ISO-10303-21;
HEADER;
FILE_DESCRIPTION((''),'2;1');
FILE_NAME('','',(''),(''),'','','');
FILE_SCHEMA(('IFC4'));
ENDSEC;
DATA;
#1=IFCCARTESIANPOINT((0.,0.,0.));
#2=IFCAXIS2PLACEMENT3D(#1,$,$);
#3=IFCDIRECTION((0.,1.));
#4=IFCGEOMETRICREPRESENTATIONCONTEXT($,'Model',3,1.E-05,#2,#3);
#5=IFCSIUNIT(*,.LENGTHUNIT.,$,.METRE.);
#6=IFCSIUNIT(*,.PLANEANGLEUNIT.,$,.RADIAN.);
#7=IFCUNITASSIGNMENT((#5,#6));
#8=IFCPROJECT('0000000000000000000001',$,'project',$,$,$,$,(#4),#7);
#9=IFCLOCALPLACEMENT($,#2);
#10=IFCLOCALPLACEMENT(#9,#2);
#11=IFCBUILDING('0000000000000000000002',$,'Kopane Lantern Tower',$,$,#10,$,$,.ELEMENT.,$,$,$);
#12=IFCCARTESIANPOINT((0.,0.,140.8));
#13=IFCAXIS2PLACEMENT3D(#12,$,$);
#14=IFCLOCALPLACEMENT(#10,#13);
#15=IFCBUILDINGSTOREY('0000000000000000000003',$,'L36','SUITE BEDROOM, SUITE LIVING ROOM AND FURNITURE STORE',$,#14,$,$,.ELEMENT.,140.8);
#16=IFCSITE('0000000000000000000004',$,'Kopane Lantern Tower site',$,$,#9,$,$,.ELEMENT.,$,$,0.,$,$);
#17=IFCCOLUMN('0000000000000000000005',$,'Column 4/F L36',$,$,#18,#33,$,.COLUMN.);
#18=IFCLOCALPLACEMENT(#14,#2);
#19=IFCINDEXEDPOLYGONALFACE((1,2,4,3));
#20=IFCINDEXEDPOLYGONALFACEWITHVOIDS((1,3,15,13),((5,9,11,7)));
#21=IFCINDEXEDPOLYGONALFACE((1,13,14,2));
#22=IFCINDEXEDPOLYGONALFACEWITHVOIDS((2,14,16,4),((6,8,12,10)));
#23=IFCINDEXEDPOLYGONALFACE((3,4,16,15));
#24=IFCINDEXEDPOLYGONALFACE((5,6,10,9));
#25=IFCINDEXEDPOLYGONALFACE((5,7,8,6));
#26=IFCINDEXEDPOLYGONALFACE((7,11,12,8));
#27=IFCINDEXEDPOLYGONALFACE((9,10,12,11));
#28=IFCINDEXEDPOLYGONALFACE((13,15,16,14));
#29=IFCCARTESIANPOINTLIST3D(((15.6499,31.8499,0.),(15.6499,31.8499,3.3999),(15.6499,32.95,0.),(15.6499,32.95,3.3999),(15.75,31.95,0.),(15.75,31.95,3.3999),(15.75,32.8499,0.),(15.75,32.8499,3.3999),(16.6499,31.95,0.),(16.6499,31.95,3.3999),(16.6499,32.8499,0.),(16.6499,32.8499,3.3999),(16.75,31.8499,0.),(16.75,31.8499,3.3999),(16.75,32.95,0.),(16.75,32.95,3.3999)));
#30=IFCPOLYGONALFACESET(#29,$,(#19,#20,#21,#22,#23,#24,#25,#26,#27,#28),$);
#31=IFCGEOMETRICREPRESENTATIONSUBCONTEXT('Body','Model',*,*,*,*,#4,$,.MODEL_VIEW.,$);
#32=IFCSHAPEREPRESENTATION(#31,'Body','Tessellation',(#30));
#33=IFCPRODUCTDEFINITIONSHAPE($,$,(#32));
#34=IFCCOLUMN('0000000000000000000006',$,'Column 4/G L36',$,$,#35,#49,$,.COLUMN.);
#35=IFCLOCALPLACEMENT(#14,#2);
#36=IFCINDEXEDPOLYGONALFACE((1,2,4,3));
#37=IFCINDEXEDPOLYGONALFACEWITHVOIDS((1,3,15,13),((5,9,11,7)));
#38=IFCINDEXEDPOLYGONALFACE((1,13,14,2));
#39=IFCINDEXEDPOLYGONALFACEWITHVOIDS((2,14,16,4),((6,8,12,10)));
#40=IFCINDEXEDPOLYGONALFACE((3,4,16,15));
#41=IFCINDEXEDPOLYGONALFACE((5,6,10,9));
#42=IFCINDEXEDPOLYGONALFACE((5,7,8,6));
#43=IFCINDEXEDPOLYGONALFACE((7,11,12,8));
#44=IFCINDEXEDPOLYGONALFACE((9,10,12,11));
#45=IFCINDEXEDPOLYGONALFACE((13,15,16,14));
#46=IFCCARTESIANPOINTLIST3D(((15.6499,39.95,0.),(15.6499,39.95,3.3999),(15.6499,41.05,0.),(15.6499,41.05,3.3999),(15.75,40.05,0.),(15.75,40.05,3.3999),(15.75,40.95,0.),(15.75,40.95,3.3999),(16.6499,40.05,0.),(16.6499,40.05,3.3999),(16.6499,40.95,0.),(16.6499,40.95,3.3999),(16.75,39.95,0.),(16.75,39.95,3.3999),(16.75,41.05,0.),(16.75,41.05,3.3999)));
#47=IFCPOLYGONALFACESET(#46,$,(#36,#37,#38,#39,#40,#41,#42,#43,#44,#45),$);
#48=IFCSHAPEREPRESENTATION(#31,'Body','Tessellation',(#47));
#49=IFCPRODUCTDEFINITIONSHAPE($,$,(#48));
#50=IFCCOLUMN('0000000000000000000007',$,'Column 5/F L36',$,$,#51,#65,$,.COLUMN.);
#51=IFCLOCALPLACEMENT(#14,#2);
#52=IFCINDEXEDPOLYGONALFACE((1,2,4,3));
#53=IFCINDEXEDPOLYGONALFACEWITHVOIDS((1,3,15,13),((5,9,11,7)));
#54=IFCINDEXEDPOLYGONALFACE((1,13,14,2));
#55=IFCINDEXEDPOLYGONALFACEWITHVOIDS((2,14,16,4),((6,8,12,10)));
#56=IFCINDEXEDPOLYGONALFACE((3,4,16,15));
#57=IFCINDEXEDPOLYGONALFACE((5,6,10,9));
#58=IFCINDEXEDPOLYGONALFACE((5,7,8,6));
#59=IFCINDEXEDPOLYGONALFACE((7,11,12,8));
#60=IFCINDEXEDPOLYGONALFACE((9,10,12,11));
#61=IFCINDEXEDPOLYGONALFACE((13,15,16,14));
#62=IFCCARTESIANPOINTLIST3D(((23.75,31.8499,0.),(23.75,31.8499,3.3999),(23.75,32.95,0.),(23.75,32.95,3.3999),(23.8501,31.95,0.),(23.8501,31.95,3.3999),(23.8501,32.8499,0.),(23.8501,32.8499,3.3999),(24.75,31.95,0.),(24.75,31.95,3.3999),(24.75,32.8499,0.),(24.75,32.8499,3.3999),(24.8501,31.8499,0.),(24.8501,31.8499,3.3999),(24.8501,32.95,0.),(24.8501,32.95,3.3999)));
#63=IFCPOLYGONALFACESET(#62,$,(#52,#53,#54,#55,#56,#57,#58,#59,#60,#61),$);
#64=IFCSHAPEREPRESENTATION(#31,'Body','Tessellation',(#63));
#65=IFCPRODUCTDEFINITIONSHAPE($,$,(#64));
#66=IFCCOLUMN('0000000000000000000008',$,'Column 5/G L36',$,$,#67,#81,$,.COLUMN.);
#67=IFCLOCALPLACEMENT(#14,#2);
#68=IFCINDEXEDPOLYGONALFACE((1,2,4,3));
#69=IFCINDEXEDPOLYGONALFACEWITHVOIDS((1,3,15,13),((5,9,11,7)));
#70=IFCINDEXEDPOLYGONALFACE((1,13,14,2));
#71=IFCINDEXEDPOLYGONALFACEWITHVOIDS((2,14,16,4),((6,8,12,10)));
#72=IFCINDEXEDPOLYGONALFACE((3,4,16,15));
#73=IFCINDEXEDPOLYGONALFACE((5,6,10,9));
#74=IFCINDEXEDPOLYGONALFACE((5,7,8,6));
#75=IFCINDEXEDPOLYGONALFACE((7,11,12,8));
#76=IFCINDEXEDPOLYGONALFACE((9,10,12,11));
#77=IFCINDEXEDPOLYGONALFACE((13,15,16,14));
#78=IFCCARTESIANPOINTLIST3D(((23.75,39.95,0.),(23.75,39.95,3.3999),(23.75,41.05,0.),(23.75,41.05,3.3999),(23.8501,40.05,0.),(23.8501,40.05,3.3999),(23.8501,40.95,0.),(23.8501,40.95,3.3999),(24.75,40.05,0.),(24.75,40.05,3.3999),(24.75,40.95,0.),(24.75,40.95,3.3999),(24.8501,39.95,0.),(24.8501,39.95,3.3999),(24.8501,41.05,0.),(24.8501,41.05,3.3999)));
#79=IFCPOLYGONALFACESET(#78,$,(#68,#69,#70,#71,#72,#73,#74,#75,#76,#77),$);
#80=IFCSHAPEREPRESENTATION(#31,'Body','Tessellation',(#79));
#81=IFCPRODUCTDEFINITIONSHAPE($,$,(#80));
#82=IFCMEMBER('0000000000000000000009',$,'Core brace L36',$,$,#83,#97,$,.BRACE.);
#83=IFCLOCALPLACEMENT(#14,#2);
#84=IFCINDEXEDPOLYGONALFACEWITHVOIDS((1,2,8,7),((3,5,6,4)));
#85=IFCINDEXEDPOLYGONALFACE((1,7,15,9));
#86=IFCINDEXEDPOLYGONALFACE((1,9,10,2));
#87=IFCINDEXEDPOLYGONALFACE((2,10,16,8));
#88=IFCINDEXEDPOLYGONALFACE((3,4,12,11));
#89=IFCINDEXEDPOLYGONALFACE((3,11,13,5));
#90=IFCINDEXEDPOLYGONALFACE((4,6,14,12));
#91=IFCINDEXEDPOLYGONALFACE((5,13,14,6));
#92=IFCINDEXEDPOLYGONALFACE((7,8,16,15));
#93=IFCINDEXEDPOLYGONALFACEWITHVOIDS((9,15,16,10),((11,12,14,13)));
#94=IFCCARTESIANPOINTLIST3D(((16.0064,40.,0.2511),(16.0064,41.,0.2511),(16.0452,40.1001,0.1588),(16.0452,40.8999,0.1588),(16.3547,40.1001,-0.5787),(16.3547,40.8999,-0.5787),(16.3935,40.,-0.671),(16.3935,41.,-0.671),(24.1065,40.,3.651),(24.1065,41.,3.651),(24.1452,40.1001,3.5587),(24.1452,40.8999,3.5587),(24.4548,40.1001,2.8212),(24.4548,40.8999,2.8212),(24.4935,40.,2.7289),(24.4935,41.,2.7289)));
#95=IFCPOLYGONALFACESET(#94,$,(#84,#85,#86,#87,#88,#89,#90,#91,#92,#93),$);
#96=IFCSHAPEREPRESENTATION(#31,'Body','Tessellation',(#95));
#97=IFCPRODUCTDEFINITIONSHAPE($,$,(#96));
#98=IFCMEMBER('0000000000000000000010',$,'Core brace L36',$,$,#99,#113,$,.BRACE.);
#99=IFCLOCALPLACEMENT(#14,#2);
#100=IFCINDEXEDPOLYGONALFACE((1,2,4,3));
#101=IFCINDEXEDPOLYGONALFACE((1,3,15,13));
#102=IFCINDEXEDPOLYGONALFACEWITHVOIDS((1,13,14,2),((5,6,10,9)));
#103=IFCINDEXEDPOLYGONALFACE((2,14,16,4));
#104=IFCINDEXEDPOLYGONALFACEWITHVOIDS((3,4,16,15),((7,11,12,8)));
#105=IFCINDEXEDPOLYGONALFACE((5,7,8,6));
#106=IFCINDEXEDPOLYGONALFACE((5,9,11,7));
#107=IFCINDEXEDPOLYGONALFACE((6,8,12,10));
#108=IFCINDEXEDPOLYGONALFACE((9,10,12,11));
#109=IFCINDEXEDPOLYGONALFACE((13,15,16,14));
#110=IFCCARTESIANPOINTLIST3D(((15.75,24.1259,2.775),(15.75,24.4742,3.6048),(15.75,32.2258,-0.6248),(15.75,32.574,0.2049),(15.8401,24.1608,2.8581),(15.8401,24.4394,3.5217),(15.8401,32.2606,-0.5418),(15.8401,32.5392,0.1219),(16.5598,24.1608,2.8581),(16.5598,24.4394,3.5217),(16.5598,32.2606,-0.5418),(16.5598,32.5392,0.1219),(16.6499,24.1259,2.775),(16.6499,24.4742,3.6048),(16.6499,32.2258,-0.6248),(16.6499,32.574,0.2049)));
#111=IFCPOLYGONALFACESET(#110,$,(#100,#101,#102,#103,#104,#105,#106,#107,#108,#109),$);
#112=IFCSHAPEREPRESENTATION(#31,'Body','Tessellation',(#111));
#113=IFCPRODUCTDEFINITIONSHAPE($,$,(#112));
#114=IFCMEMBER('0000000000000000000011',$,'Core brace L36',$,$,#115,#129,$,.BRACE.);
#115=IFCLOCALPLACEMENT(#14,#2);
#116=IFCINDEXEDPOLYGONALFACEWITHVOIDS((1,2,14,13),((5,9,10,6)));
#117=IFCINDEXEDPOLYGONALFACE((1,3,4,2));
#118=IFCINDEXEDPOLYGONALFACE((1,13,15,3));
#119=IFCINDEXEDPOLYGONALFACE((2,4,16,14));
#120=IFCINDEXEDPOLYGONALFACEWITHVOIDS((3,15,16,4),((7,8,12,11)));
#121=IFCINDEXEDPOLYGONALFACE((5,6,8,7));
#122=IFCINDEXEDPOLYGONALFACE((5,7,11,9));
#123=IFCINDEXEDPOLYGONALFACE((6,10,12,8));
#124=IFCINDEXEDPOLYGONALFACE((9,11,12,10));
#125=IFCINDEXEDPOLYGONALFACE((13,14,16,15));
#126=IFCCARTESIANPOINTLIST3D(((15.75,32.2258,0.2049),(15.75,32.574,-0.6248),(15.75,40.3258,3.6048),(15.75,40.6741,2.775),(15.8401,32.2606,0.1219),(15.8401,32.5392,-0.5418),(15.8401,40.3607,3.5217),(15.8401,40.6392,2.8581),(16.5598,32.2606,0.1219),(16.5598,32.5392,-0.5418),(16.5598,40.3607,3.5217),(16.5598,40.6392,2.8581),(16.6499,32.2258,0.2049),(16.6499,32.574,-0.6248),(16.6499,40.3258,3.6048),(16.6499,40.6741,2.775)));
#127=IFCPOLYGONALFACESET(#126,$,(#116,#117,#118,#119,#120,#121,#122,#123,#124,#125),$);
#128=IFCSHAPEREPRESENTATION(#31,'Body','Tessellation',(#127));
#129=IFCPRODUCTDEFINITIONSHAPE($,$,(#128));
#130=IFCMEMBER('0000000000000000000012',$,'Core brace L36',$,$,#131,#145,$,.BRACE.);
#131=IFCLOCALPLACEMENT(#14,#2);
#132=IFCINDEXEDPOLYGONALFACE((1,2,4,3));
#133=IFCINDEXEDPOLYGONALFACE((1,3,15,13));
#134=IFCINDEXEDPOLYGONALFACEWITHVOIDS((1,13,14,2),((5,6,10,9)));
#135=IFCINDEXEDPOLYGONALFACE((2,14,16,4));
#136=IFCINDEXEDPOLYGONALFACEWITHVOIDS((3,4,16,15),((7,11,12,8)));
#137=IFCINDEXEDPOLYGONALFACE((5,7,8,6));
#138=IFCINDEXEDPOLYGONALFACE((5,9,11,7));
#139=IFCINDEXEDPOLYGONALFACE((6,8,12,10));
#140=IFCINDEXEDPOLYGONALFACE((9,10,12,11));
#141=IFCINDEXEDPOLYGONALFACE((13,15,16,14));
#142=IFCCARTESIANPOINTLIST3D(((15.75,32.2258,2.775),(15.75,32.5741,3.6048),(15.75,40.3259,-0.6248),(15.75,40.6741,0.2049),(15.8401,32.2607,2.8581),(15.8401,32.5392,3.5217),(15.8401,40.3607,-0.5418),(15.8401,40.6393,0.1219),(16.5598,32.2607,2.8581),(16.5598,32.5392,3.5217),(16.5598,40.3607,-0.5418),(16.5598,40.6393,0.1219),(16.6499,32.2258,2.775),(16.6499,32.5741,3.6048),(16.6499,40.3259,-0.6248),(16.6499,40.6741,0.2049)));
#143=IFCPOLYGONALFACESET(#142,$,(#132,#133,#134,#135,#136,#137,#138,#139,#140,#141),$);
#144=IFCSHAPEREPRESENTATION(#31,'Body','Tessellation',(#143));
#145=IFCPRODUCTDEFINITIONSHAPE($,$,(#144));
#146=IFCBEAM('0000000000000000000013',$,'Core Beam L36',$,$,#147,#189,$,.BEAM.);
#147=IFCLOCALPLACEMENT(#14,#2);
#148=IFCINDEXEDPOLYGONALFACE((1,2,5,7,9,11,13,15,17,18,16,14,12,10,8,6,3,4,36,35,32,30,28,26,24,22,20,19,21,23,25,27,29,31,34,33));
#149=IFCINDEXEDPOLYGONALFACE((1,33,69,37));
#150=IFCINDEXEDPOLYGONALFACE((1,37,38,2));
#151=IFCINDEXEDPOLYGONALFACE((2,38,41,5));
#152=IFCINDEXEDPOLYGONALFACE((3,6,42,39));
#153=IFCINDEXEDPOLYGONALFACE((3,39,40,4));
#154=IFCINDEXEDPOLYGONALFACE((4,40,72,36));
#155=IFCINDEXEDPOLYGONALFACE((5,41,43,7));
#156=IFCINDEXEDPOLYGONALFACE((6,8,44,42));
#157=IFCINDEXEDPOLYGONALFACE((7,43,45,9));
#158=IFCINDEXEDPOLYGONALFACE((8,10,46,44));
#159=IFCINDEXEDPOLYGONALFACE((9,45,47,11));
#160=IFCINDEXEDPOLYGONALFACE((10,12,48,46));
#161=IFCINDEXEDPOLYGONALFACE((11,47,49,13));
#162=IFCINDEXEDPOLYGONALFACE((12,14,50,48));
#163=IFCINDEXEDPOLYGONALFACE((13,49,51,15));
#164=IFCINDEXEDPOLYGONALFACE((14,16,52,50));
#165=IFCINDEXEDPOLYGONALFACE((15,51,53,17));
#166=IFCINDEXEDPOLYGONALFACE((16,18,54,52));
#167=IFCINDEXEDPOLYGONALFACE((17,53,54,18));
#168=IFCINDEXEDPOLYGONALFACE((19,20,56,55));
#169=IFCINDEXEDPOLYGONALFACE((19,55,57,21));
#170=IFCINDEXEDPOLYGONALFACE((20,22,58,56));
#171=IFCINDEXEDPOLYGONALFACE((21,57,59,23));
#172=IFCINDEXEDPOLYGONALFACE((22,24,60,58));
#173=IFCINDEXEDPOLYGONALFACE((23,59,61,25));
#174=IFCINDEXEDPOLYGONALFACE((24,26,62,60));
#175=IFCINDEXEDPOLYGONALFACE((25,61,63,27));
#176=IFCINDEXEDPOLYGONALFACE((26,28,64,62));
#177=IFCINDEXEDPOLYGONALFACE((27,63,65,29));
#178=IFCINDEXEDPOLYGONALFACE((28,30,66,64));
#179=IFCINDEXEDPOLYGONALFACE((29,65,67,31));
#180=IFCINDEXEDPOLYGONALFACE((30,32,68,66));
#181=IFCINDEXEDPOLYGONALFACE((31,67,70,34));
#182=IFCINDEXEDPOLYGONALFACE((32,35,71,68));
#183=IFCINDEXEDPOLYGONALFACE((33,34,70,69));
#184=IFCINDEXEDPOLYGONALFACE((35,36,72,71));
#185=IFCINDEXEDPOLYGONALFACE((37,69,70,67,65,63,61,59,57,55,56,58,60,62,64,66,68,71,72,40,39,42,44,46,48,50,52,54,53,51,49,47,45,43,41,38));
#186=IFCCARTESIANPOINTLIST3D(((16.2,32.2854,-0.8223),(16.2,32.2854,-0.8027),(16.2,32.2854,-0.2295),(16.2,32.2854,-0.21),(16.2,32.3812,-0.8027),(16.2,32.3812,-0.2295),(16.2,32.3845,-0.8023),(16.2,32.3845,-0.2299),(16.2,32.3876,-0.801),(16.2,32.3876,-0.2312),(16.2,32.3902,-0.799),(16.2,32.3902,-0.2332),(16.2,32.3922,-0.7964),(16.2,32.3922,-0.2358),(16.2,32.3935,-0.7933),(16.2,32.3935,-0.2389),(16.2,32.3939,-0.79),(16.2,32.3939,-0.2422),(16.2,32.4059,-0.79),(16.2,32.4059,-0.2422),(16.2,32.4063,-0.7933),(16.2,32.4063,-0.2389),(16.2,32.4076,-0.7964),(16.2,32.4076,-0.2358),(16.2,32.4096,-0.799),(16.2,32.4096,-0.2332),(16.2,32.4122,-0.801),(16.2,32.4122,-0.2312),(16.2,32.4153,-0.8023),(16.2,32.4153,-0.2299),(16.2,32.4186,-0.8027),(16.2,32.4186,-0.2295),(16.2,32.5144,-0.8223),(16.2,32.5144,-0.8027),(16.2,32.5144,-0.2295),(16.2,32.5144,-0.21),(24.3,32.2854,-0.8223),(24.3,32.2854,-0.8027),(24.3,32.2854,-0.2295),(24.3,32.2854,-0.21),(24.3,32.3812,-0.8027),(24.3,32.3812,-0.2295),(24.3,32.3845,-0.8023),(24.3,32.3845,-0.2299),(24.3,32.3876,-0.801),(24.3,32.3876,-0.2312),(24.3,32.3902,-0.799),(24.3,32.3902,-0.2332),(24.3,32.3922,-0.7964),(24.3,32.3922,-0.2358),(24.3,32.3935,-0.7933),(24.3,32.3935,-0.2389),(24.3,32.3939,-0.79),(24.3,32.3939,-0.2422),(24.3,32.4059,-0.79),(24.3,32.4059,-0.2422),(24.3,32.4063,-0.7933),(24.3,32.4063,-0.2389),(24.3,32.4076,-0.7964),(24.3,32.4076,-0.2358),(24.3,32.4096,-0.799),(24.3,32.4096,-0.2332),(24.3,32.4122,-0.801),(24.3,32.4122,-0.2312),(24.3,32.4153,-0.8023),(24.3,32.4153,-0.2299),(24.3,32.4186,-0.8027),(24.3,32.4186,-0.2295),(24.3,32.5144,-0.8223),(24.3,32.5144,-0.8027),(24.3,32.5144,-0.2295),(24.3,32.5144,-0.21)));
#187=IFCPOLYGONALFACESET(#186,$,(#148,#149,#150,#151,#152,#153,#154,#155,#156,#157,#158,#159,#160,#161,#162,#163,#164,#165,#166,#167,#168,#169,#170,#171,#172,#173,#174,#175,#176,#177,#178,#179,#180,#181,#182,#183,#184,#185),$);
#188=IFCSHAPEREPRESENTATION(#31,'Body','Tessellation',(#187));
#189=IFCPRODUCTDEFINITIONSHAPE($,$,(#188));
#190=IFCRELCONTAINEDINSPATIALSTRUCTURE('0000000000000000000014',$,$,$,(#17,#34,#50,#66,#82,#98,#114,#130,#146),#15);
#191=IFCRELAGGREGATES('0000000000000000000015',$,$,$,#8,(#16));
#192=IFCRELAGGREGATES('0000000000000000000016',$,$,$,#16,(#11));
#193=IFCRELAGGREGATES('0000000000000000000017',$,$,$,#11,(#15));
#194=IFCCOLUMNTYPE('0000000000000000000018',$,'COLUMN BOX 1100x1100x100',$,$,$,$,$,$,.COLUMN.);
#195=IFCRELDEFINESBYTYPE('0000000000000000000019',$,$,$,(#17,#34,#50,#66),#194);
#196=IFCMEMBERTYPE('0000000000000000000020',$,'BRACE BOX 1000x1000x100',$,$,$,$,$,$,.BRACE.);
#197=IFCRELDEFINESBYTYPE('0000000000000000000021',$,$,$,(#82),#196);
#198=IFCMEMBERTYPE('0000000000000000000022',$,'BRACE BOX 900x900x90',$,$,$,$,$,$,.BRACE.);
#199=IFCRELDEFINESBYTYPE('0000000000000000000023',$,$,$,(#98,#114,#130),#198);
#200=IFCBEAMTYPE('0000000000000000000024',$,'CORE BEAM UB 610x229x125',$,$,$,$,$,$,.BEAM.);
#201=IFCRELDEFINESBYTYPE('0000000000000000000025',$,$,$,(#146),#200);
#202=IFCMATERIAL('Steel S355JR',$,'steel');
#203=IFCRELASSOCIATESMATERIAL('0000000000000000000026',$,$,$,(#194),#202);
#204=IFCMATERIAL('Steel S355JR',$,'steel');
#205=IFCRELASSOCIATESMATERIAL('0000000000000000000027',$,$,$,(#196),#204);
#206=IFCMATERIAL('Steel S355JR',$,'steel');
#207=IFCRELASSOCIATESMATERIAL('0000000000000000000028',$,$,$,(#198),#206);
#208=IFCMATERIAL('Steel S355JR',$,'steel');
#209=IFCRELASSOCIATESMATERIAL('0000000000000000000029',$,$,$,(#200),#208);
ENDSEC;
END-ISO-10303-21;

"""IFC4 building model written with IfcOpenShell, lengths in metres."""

from ifc_helpers import new_model, si_unit, direction, frame, origin, origin_2d, place, context, subcontext, project, spatial, hollow_rectangle, i_section, extrude, material, material_profile, profile_set, type_object, element, save


model = new_model("IFC4")

# Units and contexts
model_context = context("Model", 3, precision=1e-05, world=origin(), true_north=direction((0.0, 1.0)))
body_context = subcontext(model_context, "Body", "Model", "MODEL_VIEW")
ifc_project = project(units=[si_unit("LENGTHUNIT", "METRE"), si_unit("PLANEANGLEUNIT", "RADIAN")], contexts=[model_context])

# Site, building, storey
site_placement = place(None, origin())
site = spatial("IfcSite", under=ifc_project, at=site_placement, Name="Kopane Lantern Tower site", CompositionType="ELEMENT", RefElevation=0.0)
building_placement = place(site_placement, origin())
building = spatial("IfcBuilding", under=site, at=building_placement, Name="Kopane Lantern Tower", CompositionType="ELEMENT")
storey_placement = place(building_placement, frame((0.0, 0.0, 140.8)))
storey = spatial("IfcBuildingStorey", under=building, at=storey_placement, Name="L36", Description="SUITE BEDROOM, SUITE LIVING ROOM AND FURNITURE STORE", CompositionType="ELEMENT", Elevation=140.8)

# Columns
ifc_material_1 = material(Name="Steel S355JR", Category="steel")
ifc_material_profile_1 = material_profile(ifc_material_1, hollow_rectangle(XDim=1.1001, YDim=1.1001, WallThickness=0.1001, at=origin_2d()), Name="BOX 1100x1100x100")
ifc_profile_set_1 = profile_set([ifc_material_profile_1], Name="Steel S355JR")
column_type = type_object("IfcColumnType", Name="COLUMN BOX 1100x1100x100", PredefinedType="COLUMN", material=ifc_profile_set_1)
for number, where, z_axis, x_axis, name in (
    (1, (16.2, 32.3999, 0.0), (0.0, 0.0, 1.0), (1.0, 0.0, 0.0), "Column 4/F L36"),
    (2, (16.2, 40.5, 0.0), (0.0, 0.0, 1.0), (1.0, 0.0, 0.0), "Column 4/G L36"),
    (3, (24.3, 32.3999, 0.0), (0.0, 0.0, 1.0), (1.0, 0.0, 0.0), "Column 5/F L36"),
    (4, (24.3, 40.5, 0.0), (0.0, 0.0, 1.0), (1.0, 0.0, 0.0), "Column 5/G L36"),
):
    element("IfcColumn", number, at=place(storey_placement, frame(where, z_axis=z_axis, x_axis=x_axis)), inside=storey, type_object=column_type, Name=name, PredefinedType="COLUMN", context=body_context, shape_type="SweptSolid", body=[
        extrude(hollow_rectangle(XDim=1.1001, YDim=1.1001, WallThickness=0.1001, at=origin_2d()), origin(), (0.0, 0.0, 1.0), 3.3999),
    ])

# Members
ifc_material_2 = material(Name="Steel S355JR", Category="steel")
ifc_material_profile_2 = material_profile(ifc_material_2, hollow_rectangle(XDim=1.0, YDim=1.0, WallThickness=0.1001, at=origin_2d()), Name="BOX 1000x1000x100")
ifc_profile_set_2 = profile_set([ifc_material_profile_2], Name="Steel S355JR")
member_type_1 = type_object("IfcMemberType", Name="BRACE BOX 1000x1000x100", PredefinedType="BRACE", material=ifc_profile_set_2)
member_1_placement = place(storey_placement, frame((16.2, 40.5, -0.21), z_axis=(0.922069, 0.0, 0.387026), x_axis=(0.0, 1.0, 0.0)))
element("IfcMember", 5, at=member_1_placement, inside=storey, type_object=member_type_1, Name="Core brace L36", PredefinedType="BRACE", context=body_context, shape_type="SweptSolid", body=[
    extrude(hollow_rectangle(XDim=1.0, YDim=1.0, WallThickness=0.1001, at=origin_2d()), origin(), (0.0, 0.0, 1.0), 8.7847),
])
ifc_material_3 = material(Name="Steel S355JR", Category="steel")
ifc_material_profile_3 = material_profile(ifc_material_3, hollow_rectangle(XDim=0.8999, YDim=0.8999, WallThickness=0.0901, at=origin_2d()), Name="BOX 900x900x90")
ifc_profile_set_3 = profile_set([ifc_material_profile_3], Name="Steel S355JR")
member_type_2 = type_object("IfcMemberType", Name="BRACE BOX 900x900x90", PredefinedType="BRACE", material=ifc_profile_set_3)
member_2_placement = place(storey_placement, frame((16.2, 32.3999, -0.21), z_axis=(0.0, -0.922065, 0.387035), x_axis=(1.0, 0.0, 0.0)))
element("IfcMember", 6, at=member_2_placement, inside=storey, type_object=member_type_2, Name="Core brace L36", PredefinedType="BRACE", context=body_context, shape_type="SweptSolid", body=[
    extrude(hollow_rectangle(XDim=0.8999, YDim=0.8999, WallThickness=0.0901, at=origin_2d()), origin(), (0.0, 0.0, 1.0), 8.7844),
])
for number, where, z_axis, x_axis, name in (
    (7, (16.2, 32.3999, -0.21), (0.0, 0.922069, 0.387026), (-1.0, 0.0, 0.0), "Core brace L36"),
    (8, (16.2, 40.5, -0.21), (0.0, -0.922069, 0.387026), (1.0, 0.0, 0.0), "Core brace L36"),
):
    element("IfcMember", number, at=place(storey_placement, frame(where, z_axis=z_axis, x_axis=x_axis)), inside=storey, type_object=member_type_2, Name=name, PredefinedType="BRACE", context=body_context, shape_type="SweptSolid", body=[
        extrude(hollow_rectangle(XDim=0.8999, YDim=0.8999, WallThickness=0.0901, at=origin_2d()), origin(), (0.0, 0.0, 1.0), 8.7847),
    ])

# Beam
ifc_material_4 = material(Name="Steel S355JR", Category="steel")
ifc_material_profile_4 = material_profile(ifc_material_4, i_section(OverallWidth=0.229, OverallDepth=0.6123, WebThickness=0.012, FlangeThickness=0.0195, FilletRadius=0.0127, at=origin_2d()), Name="UB 610x229x125")
ifc_profile_set_4 = profile_set([ifc_material_profile_4], Name="Steel S355JR")
beam_type_1 = type_object("IfcBeamType", Name="CORE BEAM UB 610x229x125", PredefinedType="BEAM", material=ifc_profile_set_4)
for number, where, z_axis, x_axis, name in (
    (9, (16.2, 32.3999, -0.5161), (1.0, 0.0, 0.0), (0.0, 1.0, 0.0), "Core Beam L36"),
):
    element("IfcBeam", number, at=place(storey_placement, frame(where, z_axis=z_axis, x_axis=x_axis)), inside=storey, type_object=beam_type_1, Name=name, PredefinedType="BEAM", context=body_context, shape_type="SweptSolid", body=[
        extrude(i_section(OverallWidth=0.229, OverallDepth=0.6123, WebThickness=0.012, FlangeThickness=0.0195, FilletRadius=0.0127, at=origin_2d()), origin(), (0.0, 0.0, 1.0), 8.1001),
    ])

save(model, "model.ifc")
